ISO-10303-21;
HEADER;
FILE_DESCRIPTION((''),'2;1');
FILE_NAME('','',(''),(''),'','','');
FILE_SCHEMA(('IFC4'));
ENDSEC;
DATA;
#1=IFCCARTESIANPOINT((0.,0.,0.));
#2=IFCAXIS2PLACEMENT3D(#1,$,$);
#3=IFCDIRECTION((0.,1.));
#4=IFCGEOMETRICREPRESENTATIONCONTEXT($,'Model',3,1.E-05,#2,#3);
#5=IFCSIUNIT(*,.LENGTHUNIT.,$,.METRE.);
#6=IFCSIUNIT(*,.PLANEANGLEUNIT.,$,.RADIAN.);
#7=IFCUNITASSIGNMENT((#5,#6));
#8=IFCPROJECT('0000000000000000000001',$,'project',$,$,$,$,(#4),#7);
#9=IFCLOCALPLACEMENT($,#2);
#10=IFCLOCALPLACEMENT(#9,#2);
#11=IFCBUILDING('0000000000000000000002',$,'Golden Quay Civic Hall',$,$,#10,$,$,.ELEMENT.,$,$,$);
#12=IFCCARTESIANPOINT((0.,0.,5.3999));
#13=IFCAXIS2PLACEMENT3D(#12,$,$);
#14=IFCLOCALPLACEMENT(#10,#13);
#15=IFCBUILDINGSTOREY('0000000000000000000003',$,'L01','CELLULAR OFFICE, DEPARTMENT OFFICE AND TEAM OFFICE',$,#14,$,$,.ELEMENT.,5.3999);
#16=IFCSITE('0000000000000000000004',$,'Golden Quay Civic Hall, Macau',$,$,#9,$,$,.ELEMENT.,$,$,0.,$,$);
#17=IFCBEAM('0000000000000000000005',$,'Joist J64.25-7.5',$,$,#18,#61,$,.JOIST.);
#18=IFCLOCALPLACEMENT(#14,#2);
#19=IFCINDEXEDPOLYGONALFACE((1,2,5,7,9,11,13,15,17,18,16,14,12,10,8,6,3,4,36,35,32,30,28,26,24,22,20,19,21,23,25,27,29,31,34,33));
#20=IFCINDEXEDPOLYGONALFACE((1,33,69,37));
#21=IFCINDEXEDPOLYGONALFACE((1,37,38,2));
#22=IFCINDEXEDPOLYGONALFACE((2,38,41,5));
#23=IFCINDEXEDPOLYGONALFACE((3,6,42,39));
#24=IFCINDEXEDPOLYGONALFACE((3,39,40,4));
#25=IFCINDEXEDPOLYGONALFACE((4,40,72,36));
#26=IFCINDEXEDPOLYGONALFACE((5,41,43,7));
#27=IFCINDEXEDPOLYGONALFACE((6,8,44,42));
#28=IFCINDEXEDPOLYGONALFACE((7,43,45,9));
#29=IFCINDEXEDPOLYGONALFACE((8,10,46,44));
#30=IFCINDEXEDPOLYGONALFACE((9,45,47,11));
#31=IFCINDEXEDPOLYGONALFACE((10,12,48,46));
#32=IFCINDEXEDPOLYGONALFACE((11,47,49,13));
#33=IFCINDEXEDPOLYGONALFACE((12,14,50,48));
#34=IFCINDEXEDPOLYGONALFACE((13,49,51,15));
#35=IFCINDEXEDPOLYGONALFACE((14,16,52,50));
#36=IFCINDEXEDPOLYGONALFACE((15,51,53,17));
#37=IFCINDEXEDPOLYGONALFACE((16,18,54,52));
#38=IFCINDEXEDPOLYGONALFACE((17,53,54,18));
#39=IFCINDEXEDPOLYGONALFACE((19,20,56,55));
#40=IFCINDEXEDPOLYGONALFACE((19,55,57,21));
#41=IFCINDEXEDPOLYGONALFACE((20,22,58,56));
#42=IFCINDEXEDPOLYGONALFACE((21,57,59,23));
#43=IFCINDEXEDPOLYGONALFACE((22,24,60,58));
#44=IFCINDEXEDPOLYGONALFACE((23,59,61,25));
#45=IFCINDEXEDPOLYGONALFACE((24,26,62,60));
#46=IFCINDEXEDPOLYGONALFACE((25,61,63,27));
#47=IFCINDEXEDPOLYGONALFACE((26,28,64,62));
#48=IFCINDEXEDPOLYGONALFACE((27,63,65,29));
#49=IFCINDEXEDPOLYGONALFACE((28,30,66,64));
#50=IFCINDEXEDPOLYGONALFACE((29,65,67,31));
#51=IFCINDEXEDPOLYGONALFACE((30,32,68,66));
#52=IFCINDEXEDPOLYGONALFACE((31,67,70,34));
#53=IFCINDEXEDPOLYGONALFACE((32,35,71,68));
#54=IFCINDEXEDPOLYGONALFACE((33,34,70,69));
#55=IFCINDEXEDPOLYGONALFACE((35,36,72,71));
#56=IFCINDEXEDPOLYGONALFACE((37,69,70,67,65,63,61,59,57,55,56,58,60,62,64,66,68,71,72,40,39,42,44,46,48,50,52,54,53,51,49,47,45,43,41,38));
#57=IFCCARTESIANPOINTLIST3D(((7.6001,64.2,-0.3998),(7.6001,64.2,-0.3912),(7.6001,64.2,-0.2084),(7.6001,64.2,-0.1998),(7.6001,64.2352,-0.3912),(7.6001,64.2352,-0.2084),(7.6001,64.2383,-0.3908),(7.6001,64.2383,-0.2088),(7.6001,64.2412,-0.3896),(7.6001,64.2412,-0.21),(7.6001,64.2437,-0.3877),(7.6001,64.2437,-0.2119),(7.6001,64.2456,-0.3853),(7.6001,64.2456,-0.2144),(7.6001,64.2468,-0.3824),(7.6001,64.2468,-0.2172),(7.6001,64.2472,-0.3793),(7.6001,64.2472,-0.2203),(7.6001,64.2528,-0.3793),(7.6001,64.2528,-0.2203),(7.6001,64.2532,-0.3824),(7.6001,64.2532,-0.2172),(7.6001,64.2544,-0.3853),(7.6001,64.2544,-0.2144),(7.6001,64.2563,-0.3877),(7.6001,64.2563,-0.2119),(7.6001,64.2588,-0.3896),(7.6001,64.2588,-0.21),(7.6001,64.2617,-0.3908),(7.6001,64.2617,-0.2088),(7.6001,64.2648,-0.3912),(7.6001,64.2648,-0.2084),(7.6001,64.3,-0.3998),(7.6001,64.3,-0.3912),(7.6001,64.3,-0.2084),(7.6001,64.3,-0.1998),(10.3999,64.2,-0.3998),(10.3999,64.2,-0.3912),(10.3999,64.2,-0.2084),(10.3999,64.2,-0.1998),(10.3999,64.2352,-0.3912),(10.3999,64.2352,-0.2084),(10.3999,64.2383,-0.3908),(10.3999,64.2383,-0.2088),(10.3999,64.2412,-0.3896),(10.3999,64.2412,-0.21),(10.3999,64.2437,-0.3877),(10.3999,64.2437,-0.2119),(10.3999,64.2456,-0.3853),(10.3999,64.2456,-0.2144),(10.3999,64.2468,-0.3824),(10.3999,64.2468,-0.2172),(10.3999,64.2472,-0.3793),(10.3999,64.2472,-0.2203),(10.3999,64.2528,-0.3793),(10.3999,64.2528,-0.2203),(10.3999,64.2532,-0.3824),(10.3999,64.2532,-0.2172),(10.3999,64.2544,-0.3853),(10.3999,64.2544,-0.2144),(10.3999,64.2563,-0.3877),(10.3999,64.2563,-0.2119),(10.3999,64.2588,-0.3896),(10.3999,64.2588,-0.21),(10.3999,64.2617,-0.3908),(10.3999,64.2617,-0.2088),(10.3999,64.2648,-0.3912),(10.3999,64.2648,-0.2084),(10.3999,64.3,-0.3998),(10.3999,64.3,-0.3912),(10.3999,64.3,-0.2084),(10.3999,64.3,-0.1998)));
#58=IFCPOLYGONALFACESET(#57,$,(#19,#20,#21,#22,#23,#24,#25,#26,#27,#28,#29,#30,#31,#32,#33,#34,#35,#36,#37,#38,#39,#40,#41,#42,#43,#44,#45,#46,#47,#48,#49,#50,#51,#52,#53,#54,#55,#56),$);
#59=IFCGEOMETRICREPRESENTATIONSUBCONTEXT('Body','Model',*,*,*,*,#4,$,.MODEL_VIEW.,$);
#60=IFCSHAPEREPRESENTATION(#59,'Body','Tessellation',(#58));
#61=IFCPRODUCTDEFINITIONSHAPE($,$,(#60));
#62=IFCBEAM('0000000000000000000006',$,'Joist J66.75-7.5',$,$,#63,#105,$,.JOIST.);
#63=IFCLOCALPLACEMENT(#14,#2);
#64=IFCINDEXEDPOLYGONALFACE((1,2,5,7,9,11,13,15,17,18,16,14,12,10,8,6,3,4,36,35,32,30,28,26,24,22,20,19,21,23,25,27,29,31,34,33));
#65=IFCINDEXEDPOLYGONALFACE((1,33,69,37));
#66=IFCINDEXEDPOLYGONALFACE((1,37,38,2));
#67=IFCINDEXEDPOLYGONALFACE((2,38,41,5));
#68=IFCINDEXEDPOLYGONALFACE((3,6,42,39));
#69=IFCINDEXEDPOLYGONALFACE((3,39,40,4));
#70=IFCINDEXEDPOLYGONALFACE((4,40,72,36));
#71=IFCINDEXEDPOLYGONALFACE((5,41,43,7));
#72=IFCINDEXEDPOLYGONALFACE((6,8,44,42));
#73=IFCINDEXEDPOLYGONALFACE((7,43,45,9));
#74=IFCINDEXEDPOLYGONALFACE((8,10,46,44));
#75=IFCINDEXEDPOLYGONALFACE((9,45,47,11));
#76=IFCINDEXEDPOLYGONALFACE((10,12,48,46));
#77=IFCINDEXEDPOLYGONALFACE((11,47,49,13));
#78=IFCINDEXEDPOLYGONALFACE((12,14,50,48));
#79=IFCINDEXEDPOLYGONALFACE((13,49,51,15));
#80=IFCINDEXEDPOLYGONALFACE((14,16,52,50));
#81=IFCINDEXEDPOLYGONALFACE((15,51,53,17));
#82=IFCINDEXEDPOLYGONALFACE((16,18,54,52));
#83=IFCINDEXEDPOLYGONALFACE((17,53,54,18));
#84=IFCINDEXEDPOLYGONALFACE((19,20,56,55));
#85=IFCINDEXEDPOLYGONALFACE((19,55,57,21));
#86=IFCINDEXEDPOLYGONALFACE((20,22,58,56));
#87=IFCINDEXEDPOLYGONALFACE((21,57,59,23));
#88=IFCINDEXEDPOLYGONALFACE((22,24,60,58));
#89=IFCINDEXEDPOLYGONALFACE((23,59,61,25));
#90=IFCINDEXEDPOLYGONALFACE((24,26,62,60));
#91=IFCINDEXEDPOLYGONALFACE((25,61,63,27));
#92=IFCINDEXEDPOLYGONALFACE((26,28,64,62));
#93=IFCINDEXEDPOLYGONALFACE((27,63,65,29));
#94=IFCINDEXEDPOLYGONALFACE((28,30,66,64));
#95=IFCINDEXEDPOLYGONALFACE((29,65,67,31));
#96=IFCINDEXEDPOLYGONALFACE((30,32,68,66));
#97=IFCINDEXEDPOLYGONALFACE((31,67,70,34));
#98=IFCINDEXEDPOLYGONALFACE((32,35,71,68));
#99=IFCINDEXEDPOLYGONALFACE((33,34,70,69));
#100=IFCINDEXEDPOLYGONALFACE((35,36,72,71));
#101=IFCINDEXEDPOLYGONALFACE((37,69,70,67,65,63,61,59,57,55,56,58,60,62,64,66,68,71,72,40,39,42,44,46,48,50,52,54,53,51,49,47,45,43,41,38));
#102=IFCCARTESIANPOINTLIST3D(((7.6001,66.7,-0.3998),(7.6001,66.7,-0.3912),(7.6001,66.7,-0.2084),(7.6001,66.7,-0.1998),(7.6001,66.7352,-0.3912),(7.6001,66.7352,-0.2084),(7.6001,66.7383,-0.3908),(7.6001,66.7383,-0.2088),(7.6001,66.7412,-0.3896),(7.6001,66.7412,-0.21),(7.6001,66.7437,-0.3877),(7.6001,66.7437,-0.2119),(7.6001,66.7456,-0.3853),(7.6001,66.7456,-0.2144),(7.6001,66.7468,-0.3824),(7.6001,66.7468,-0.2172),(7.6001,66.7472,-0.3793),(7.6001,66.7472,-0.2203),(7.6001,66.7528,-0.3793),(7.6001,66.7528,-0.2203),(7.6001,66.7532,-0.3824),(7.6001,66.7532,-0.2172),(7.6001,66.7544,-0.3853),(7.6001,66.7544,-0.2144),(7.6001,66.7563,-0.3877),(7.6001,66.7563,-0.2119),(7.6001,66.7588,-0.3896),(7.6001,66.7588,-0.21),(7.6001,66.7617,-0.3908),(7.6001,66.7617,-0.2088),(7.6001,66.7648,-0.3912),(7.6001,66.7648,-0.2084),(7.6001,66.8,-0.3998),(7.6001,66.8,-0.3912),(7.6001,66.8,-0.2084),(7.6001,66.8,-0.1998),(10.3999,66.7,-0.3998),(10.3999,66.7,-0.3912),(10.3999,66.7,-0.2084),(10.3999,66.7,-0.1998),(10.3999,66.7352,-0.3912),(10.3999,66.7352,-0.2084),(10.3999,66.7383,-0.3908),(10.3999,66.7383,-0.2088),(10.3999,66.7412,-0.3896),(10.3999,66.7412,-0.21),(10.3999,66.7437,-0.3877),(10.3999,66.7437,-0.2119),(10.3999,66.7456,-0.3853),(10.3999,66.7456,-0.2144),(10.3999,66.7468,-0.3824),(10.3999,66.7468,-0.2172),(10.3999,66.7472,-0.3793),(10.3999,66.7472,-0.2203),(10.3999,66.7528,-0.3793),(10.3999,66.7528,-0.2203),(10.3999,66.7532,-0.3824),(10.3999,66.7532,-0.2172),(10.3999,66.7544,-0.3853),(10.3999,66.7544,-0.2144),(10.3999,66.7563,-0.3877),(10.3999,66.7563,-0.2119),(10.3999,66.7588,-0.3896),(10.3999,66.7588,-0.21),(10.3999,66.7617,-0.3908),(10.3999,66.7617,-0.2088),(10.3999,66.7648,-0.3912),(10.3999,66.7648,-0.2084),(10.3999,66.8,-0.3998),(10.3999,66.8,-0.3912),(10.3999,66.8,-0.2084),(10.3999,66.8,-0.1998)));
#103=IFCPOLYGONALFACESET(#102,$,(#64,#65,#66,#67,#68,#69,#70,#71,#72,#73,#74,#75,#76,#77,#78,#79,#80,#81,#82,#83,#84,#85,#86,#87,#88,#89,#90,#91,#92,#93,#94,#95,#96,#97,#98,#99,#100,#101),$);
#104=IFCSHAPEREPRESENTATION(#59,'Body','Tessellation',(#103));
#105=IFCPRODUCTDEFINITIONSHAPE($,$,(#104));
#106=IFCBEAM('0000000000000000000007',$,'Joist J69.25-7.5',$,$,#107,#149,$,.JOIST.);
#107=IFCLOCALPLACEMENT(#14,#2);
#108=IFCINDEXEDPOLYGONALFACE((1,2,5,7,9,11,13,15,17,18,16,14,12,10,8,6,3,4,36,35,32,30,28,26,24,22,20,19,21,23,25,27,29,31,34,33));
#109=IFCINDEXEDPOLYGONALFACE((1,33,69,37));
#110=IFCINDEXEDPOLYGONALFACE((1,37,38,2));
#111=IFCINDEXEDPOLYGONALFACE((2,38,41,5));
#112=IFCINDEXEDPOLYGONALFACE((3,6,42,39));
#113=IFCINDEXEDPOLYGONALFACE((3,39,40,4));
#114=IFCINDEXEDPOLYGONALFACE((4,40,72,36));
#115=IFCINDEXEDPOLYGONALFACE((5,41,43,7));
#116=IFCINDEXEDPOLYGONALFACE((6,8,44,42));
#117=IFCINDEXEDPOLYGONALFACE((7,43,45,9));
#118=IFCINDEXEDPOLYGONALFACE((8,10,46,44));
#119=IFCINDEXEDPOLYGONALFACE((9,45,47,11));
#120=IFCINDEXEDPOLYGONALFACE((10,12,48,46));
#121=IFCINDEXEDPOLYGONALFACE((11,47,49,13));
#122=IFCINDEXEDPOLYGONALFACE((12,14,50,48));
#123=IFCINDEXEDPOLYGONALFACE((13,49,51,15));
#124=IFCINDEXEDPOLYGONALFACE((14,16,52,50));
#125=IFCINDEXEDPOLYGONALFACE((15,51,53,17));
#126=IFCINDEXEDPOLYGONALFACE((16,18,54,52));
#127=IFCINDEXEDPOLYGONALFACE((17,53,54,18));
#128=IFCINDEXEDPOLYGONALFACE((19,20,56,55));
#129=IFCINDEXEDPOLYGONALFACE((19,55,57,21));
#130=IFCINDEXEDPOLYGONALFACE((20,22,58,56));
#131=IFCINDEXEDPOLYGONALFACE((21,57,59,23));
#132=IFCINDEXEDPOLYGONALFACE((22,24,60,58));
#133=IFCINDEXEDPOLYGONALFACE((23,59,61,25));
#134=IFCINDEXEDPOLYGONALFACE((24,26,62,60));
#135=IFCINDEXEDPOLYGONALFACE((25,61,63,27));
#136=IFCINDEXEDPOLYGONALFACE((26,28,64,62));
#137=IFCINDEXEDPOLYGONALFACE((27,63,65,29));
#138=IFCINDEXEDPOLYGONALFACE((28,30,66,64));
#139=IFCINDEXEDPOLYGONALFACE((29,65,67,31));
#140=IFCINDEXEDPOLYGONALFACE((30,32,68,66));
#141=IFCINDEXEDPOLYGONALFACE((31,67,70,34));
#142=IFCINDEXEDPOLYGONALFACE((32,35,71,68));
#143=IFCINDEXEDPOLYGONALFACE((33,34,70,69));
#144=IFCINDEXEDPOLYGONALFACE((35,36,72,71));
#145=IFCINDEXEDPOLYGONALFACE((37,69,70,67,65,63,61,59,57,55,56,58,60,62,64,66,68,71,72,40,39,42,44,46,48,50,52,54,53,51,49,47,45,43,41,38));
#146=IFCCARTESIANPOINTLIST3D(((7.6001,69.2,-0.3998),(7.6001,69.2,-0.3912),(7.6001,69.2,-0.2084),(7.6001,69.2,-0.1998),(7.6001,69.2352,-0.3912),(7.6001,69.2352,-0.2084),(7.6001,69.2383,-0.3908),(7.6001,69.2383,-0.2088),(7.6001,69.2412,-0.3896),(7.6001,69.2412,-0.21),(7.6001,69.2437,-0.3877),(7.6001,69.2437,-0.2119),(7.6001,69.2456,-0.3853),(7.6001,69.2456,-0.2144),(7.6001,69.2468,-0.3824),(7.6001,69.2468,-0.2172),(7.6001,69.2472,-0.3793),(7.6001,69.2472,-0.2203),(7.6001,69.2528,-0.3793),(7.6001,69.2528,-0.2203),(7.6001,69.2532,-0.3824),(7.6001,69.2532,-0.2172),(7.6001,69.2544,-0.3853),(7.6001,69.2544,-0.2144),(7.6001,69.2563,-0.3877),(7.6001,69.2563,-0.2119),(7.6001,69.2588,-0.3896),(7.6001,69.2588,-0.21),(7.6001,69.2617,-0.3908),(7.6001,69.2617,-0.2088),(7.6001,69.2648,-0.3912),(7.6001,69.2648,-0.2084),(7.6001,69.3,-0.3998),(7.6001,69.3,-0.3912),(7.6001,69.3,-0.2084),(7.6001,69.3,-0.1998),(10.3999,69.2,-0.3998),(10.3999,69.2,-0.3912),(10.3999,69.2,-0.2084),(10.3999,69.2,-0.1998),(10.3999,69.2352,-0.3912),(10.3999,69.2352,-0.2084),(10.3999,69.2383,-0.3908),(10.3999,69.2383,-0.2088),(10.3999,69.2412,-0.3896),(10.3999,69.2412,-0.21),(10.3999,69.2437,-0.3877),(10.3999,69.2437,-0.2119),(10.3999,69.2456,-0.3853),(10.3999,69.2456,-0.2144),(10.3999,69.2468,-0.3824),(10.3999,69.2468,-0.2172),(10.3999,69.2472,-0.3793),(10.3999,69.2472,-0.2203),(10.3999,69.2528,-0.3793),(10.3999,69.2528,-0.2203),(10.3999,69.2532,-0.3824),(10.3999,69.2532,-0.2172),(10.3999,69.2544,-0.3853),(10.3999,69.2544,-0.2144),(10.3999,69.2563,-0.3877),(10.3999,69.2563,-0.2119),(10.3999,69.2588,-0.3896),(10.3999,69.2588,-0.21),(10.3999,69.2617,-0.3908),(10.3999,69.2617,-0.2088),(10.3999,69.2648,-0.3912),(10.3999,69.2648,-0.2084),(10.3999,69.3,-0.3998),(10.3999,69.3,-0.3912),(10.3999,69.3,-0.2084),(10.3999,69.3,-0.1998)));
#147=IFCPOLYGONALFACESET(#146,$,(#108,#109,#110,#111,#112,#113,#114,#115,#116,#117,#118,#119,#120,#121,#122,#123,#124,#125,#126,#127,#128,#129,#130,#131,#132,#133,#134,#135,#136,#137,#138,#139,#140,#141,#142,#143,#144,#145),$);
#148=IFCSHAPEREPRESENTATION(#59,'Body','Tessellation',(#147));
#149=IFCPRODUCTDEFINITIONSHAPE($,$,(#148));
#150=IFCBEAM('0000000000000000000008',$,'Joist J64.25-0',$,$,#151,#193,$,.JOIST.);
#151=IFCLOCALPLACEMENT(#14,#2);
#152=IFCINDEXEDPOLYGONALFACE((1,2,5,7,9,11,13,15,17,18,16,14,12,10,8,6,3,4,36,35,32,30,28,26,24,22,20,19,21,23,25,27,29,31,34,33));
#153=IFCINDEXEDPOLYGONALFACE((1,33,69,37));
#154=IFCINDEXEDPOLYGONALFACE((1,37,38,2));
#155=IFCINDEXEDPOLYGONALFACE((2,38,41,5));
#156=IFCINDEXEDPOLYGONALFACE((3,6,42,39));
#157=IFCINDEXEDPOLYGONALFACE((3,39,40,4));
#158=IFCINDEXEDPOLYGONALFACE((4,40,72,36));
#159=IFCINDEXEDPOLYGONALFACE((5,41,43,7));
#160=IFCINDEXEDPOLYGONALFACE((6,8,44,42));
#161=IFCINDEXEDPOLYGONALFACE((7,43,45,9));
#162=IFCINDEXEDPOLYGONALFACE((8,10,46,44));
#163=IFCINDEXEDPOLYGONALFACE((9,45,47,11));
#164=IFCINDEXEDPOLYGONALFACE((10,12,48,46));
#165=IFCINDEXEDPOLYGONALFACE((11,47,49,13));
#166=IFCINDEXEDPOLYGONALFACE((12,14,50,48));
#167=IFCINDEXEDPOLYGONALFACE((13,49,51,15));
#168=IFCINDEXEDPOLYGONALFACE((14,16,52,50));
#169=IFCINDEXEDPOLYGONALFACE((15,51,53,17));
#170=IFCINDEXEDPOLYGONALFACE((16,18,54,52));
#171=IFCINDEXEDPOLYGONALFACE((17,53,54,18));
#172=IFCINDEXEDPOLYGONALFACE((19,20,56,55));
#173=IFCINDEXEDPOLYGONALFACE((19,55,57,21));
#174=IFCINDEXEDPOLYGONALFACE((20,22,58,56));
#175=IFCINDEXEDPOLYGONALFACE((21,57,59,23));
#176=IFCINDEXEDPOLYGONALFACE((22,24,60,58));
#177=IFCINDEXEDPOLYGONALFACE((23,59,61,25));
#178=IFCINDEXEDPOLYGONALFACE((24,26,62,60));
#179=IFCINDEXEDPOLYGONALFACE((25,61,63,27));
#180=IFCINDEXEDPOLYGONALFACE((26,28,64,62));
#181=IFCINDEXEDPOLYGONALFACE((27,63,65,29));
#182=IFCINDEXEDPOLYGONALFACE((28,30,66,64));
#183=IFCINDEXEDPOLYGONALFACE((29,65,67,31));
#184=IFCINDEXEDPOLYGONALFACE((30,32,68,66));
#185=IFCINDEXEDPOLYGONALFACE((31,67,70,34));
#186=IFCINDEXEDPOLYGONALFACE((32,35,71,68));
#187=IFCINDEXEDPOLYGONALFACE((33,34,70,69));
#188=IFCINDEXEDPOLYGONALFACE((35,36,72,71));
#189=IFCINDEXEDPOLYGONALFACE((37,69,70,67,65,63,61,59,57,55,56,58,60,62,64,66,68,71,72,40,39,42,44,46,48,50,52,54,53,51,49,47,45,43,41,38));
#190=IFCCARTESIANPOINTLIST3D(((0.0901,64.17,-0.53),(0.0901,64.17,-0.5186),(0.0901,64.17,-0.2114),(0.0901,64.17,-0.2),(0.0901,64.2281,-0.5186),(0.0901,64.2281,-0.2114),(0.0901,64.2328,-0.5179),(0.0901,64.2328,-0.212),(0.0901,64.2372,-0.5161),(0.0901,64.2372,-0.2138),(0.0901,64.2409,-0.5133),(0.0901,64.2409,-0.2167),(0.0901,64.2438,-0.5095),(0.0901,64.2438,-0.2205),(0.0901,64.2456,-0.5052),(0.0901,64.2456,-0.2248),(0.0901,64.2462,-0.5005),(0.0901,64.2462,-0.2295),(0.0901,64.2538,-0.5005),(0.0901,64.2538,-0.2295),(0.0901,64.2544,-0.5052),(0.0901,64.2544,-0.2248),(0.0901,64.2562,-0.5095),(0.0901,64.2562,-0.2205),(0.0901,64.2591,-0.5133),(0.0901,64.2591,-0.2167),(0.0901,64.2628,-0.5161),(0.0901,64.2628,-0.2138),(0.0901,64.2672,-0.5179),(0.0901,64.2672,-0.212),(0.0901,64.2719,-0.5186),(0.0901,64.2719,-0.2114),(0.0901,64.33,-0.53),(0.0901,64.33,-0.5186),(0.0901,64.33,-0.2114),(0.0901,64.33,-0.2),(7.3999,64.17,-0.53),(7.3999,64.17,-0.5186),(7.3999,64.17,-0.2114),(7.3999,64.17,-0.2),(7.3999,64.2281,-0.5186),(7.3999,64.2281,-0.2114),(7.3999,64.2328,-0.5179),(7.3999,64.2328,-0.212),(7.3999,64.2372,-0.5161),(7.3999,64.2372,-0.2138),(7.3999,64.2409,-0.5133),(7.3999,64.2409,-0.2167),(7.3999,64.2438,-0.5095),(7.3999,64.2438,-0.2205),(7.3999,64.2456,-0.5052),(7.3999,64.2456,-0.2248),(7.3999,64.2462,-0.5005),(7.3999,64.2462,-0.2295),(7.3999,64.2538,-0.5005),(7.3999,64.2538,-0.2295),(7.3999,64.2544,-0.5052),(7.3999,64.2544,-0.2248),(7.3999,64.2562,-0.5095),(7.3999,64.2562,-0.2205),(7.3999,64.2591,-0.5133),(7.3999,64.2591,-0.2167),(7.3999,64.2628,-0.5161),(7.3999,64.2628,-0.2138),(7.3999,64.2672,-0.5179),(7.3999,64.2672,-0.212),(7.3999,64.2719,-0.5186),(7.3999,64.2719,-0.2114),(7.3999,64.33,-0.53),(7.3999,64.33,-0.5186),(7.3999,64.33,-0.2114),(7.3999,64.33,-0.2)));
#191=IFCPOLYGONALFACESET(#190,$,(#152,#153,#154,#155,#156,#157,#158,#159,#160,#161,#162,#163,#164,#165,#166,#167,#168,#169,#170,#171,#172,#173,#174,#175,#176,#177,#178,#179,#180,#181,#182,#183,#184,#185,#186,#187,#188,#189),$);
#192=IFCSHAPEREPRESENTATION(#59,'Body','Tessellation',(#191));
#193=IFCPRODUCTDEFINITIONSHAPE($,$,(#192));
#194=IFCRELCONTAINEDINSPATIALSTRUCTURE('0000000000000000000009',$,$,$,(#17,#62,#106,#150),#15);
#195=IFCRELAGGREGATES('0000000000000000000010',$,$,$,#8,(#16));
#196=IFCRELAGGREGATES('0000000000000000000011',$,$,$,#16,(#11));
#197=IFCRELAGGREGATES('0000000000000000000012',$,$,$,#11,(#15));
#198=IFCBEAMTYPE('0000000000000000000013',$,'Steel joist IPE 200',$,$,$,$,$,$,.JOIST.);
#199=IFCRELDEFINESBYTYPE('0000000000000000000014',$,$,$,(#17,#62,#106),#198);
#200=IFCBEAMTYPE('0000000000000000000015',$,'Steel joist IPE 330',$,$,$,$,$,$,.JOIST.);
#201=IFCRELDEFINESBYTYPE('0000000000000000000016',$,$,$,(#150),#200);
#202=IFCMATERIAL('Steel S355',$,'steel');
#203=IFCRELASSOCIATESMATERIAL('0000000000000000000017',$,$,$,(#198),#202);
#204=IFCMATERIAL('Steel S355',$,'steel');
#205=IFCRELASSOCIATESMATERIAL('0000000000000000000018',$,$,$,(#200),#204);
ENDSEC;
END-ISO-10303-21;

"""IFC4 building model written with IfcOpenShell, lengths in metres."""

from ifc_helpers import new_model, si_unit, direction, frame, origin, origin_2d, place, context, subcontext, project, spatial, i_section, extrude, material, material_profile, profile_set, type_object, element, save


model = new_model("IFC4")

# Units and contexts
model_context = context("Model", 3, precision=1e-05, world=origin(), true_north=direction((0.0, 1.0)))
body_context = subcontext(model_context, "Body", "Model", "MODEL_VIEW")
ifc_project = project(units=[si_unit("LENGTHUNIT", "METRE"), si_unit("PLANEANGLEUNIT", "RADIAN")], contexts=[model_context])

# Site, building, storey
site_placement = place(None, origin())
site = spatial("IfcSite", under=ifc_project, at=site_placement, Name="Golden Quay Civic Hall, Macau", CompositionType="ELEMENT", RefElevation=0.0)
building_placement = place(site_placement, origin())
building = spatial("IfcBuilding", under=site, at=building_placement, Name="Golden Quay Civic Hall", CompositionType="ELEMENT")
storey_placement = place(building_placement, frame((0.0, 0.0, 5.3999)))
storey = spatial("IfcBuildingStorey", under=building, at=storey_placement, Name="L01", Description="CELLULAR OFFICE, DEPARTMENT OFFICE AND TEAM OFFICE", CompositionType="ELEMENT", Elevation=5.3999)

# Beams
ifc_material_1 = material(Name="Steel S355", Category="steel")
ifc_material_profile_1 = material_profile(ifc_material_1, i_section(OverallWidth=0.1001, OverallDepth=0.2, WebThickness=0.0056, FlangeThickness=0.0085, FilletRadius=0.012, at=origin_2d()), Name="IPE 200")
ifc_profile_set_1 = profile_set([ifc_material_profile_1], Name="Steel S355")
beam_type_1 = type_object("IfcBeamType", Name="Steel joist IPE 200", PredefinedType="JOIST", material=ifc_profile_set_1)
for number, where, z_axis, x_axis, name in (
    (1, (7.6001, 64.25, -0.2998), (1.0, 0.0, 0.0), (0.0, 1.0, 0.0), "Joist J64.25-7.5"),
    (2, (7.6001, 66.75, -0.2998), (1.0, 0.0, 0.0), (0.0, 1.0, 0.0), "Joist J66.75-7.5"),
    (3, (7.6001, 69.25, -0.2998), (1.0, 0.0, 0.0), (0.0, 1.0, 0.0), "Joist J69.25-7.5"),
):
    element("IfcBeam", number, at=place(storey_placement, frame(where, z_axis=z_axis, x_axis=x_axis)), inside=storey, type_object=beam_type_1, Name=name, PredefinedType="JOIST", context=body_context, shape_type="SweptSolid", body=[
        extrude(i_section(OverallWidth=0.1001, OverallDepth=0.2, WebThickness=0.0056, FlangeThickness=0.0085, FilletRadius=0.012, at=origin_2d()), origin(), (0.0, 0.0, 1.0), 2.7998),
    ])
ifc_material_2 = material(Name="Steel S355", Category="steel")
ifc_material_profile_2 = material_profile(ifc_material_2, i_section(OverallWidth=0.1599, OverallDepth=0.3301, WebThickness=0.0076, FlangeThickness=0.0115, FilletRadius=0.0181, at=origin_2d()), Name="IPE 330")
ifc_profile_set_2 = profile_set([ifc_material_profile_2], Name="Steel S355")
beam_type_2 = type_object("IfcBeamType", Name="Steel joist IPE 330", PredefinedType="JOIST", material=ifc_profile_set_2)
for number, where, z_axis, x_axis, name in (
    (4, (0.0901, 64.25, -0.365), (1.0, 0.0, 0.0), (0.0, 1.0, 0.0), "Joist J64.25-0"),
):
    element("IfcBeam", number, at=place(storey_placement, frame(where, z_axis=z_axis, x_axis=x_axis)), inside=storey, type_object=beam_type_2, Name=name, PredefinedType="JOIST", context=body_context, shape_type="SweptSolid", body=[
        extrude(i_section(OverallWidth=0.1599, OverallDepth=0.3301, WebThickness=0.0076, FlangeThickness=0.0115, FilletRadius=0.0181, at=origin_2d()), origin(), (0.0, 0.0, 1.0), 7.3098),
    ])

save(model, "model.ifc")
